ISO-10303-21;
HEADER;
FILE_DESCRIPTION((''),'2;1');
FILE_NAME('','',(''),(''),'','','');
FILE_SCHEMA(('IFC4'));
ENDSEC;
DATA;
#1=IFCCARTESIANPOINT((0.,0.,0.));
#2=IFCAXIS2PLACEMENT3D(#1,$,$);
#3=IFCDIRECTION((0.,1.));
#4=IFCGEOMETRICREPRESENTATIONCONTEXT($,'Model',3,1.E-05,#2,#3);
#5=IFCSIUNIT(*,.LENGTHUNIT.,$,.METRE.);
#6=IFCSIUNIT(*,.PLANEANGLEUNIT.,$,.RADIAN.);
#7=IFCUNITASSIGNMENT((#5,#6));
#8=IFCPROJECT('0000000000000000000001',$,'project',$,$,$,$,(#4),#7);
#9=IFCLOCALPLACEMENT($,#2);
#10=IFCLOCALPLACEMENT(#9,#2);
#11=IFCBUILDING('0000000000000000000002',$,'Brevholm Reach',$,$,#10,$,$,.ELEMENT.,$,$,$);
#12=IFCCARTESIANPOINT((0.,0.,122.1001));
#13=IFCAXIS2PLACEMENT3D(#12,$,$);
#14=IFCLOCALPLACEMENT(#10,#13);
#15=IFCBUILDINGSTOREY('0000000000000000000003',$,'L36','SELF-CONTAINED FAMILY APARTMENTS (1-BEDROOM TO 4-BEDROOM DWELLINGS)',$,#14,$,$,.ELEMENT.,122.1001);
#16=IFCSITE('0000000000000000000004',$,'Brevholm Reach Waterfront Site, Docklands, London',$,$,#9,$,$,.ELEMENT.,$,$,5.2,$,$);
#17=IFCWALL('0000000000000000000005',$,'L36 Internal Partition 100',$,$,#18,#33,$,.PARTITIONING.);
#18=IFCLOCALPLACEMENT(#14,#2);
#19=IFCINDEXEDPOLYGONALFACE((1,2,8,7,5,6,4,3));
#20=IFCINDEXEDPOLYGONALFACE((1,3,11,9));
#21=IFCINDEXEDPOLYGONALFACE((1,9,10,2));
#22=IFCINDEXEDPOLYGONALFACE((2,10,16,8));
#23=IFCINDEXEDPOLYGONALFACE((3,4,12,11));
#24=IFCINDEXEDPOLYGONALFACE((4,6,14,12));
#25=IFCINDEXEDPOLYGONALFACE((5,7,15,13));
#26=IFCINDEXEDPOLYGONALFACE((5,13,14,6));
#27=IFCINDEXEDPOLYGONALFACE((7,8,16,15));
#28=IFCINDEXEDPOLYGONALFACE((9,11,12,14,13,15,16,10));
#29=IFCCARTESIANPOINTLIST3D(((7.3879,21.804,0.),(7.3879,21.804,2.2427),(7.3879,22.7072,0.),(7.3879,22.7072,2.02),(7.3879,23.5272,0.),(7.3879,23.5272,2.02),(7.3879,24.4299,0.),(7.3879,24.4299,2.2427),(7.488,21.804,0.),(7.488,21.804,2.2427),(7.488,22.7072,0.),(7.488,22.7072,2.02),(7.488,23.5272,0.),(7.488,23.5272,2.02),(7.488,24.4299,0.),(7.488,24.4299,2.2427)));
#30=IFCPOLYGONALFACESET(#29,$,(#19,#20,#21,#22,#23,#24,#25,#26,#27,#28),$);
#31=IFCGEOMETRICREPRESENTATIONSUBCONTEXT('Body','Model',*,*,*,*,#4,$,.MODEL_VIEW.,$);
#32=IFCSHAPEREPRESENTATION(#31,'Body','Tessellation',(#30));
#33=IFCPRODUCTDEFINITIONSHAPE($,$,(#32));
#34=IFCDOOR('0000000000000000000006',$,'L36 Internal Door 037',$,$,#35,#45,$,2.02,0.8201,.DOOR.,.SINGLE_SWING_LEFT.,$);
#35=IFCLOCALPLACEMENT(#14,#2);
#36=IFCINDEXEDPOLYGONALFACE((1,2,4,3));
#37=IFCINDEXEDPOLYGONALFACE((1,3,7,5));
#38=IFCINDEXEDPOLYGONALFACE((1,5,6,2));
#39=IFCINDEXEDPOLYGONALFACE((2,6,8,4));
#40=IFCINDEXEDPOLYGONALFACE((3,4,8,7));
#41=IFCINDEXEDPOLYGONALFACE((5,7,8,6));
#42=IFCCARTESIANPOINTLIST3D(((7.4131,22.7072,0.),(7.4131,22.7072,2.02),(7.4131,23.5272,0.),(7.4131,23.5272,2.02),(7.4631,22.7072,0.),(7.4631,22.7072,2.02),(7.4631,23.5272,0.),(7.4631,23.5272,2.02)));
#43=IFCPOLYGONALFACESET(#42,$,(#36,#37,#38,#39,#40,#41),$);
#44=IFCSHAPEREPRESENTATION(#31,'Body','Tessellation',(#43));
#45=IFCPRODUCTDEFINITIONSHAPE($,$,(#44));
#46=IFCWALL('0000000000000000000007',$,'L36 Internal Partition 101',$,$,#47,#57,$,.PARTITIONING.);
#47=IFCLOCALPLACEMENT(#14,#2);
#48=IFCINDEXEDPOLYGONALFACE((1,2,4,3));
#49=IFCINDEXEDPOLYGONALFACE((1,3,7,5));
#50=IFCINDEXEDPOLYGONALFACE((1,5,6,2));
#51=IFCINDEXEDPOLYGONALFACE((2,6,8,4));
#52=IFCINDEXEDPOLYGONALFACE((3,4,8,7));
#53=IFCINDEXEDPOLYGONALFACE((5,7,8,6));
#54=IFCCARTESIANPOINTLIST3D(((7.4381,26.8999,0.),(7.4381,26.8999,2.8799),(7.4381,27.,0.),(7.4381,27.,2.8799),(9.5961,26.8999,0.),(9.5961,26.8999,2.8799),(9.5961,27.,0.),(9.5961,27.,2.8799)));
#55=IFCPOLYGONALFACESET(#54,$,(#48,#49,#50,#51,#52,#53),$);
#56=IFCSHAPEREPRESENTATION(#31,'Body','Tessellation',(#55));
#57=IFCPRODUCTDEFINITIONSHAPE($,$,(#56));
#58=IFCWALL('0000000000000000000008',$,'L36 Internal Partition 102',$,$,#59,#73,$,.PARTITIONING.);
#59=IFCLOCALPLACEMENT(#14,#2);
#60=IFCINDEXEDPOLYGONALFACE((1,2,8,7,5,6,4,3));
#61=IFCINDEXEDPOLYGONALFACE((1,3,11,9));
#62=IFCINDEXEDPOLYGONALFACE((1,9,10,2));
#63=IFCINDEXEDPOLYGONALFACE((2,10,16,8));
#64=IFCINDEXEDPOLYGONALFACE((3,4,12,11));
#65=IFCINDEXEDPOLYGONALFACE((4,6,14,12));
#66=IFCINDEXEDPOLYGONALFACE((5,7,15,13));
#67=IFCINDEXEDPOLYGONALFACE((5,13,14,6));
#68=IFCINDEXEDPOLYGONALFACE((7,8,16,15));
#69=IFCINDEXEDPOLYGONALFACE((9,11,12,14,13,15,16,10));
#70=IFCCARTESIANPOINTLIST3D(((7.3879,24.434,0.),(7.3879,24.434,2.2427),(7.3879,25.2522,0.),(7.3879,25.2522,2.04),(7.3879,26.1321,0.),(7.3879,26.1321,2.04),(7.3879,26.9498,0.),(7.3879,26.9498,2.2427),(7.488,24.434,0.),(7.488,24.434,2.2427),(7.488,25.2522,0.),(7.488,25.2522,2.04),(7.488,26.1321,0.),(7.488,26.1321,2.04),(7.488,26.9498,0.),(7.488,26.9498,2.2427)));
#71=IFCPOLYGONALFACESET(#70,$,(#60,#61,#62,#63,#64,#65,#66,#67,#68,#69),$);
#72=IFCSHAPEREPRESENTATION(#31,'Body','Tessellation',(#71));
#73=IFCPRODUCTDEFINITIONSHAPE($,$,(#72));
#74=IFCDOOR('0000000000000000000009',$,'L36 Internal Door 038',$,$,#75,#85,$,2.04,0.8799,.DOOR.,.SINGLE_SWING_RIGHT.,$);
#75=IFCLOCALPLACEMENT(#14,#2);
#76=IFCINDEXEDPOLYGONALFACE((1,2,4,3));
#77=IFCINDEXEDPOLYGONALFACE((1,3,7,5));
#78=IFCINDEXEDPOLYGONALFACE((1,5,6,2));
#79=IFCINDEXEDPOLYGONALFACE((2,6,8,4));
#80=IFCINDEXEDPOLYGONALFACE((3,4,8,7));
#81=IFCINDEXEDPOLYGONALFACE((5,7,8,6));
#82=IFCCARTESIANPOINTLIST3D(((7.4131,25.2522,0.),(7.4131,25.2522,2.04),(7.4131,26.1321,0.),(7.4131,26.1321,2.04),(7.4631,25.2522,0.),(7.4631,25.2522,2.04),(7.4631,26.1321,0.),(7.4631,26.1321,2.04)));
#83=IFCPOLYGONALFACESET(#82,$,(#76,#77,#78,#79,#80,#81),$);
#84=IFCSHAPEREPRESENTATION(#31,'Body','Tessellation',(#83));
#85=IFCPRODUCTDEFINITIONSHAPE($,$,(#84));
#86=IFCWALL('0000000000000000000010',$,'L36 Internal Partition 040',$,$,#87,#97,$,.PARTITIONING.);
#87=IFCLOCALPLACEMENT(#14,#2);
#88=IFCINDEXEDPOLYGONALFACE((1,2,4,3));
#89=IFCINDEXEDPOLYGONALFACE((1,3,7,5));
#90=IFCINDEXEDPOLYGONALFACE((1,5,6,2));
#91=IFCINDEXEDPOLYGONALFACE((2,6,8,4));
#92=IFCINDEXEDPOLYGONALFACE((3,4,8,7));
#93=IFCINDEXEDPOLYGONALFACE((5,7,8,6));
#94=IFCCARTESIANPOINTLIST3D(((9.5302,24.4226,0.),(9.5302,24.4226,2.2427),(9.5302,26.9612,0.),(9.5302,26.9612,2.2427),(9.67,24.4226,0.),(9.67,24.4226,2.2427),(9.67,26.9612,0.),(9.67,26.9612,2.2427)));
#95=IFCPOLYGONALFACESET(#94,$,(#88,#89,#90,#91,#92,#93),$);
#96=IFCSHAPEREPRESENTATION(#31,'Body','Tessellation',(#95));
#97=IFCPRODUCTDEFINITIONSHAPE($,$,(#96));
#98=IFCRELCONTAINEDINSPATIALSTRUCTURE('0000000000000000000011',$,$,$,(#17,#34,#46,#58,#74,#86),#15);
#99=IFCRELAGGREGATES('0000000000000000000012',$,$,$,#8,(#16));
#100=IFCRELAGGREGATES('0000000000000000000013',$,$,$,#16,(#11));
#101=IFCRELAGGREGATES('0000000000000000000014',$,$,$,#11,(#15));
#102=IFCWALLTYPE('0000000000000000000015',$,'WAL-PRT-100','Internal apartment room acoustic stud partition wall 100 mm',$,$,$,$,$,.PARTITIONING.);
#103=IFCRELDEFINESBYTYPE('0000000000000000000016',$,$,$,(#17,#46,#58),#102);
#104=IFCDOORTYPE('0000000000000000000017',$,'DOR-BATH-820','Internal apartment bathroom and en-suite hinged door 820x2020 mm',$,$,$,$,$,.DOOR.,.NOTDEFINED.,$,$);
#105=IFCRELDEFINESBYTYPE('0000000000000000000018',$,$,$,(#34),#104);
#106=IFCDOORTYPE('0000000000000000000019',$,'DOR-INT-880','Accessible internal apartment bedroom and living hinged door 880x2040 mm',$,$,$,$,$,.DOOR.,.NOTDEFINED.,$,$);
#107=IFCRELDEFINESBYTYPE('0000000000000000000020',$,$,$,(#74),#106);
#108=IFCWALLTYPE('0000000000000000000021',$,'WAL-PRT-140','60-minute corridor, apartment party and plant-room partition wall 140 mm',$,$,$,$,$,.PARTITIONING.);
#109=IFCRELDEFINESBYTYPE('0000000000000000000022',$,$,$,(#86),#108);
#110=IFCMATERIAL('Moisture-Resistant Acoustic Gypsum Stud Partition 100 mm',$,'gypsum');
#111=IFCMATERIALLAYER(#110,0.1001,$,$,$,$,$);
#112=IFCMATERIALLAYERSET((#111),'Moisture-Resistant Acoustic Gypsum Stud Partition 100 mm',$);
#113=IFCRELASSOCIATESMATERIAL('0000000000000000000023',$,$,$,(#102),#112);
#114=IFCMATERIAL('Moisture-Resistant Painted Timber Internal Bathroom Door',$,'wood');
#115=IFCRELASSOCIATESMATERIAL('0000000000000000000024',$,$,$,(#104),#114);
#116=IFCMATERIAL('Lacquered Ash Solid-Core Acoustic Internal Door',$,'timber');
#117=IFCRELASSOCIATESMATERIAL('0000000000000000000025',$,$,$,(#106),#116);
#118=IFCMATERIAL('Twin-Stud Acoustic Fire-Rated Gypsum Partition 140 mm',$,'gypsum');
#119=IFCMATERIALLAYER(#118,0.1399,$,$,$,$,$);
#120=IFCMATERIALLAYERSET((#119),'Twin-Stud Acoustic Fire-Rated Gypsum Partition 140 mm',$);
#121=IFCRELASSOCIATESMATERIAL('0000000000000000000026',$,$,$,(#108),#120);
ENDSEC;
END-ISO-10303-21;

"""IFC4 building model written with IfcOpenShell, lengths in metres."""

from ifc_helpers import new_model, si_unit, direction, frame, frame_2d, origin, place, context, subcontext, project, spatial, rectangle, extrude, material, layer, layer_set, type_object, element, fill, save


model = new_model("IFC4")

# Units and contexts
model_context = context("Model", 3, precision=1e-05, world=origin(), true_north=direction((0.0, 1.0)))
body_context = subcontext(model_context, "Body", "Model", "MODEL_VIEW")
ifc_project = project(units=[si_unit("LENGTHUNIT", "METRE"), si_unit("PLANEANGLEUNIT", "RADIAN")], contexts=[model_context])

# Site, building, storey
site_placement = place(None, origin())
site = spatial("IfcSite", under=ifc_project, at=site_placement, Name="Brevholm Reach Waterfront Site, Docklands, London", CompositionType="ELEMENT", RefElevation=5.2)
building_placement = place(site_placement, origin())
building = spatial("IfcBuilding", under=site, at=building_placement, Name="Brevholm Reach", CompositionType="ELEMENT")
storey_placement = place(building_placement, frame((0.0, 0.0, 122.1001)))
storey = spatial("IfcBuildingStorey", under=building, at=storey_placement, Name="L36", Description="SELF-CONTAINED FAMILY APARTMENTS (1-BEDROOM TO 4-BEDROOM DWELLINGS)", CompositionType="ELEMENT", Elevation=122.1001)

# Shared definitions
ifc_material_1 = material(Name="Moisture-Resistant Acoustic Gypsum Stud Partition 100 mm", Category="gypsum")
ifc_layer_1 = layer(ifc_material_1, 0.1001)
ifc_layer_set_1 = layer_set([ifc_layer_1], Name="Moisture-Resistant Acoustic Gypsum Stud Partition 100 mm")
wall_type_1 = type_object("IfcWallType", Name="WAL-PRT-100", Description="Internal apartment room acoustic stud partition wall 100 mm", PredefinedType="PARTITIONING", material=ifc_layer_set_1)

# Wall, opening, door
wall_1_placement = place(storey_placement, frame((7.438, 21.804, 0.0), z_axis=(0.0, 0.0, 1.0), x_axis=(0.0, 1.0, 0.0)))
wall_1 = element("IfcWall", 1, at=wall_1_placement, inside=storey, type_object=wall_type_1, Name="L36 Internal Partition 100", PredefinedType="PARTITIONING", context=body_context, shape_type="SweptSolid", body=[
    extrude(rectangle(XDim=2.626, YDim=0.1001, at=frame_2d((1.313, 0.0))), origin(), (0.0, 0.0, 1.0), 2.2427),
])
opening_1_placement = place(wall_1_placement, frame((0.9031, 0.0, 0.0)))
opening_1 = element("IfcOpeningElement", 2, at=opening_1_placement, cuts=wall_1, PredefinedType="OPENING", context=body_context, shape_type="SweptSolid", body=[
    extrude(rectangle(XDim=0.8201, YDim=2.02, at=frame_2d((0.4102, 1.01))), frame((0.0, 0.0601, 0.0), z_axis=(0.0, -1.0, 0.0), x_axis=(1.0, 0.0, 0.0)), (0.0, 0.0, 1.0), 0.1201),
])
ifc_material_2 = material(Name="Moisture-Resistant Painted Timber Internal Bathroom Door", Category="wood")
door_type_1 = type_object("IfcDoorType", Name="DOR-BATH-820", Description="Internal apartment bathroom and en-suite hinged door 820x2020 mm", OperationType="NOTDEFINED", PredefinedType="DOOR", material=ifc_material_2)
door_1_placement = place(opening_1_placement, origin())
door_1 = element("IfcDoor", 3, at=door_1_placement, inside=storey, type_object=door_type_1, Name="L36 Internal Door 037", OperationType="SINGLE_SWING_LEFT", OverallHeight=2.02, OverallWidth=0.8201, PredefinedType="DOOR", context=body_context, shape_type="SweptSolid", body=[
    extrude(rectangle(XDim=0.8201, YDim=2.02, at=frame_2d((0.4102, 1.01))), frame((0.0, 0.0249, 0.0), z_axis=(0.0, -1.0, 0.0), x_axis=(1.0, 0.0, 0.0)), (0.0, 0.0, 1.0), 0.05),
])
fill(opening_1, door_1)

# Wall
wall_2_placement = place(storey_placement, frame((7.438, 26.95, 0.0), z_axis=(0.0, 0.0, 1.0), x_axis=(1.0, 0.0, 0.0)))
element("IfcWall", 4, at=wall_2_placement, inside=storey, type_object=wall_type_1, Name="L36 Internal Partition 101", PredefinedType="PARTITIONING", context=body_context, shape_type="SweptSolid", body=[
    extrude(rectangle(XDim=2.158, YDim=0.1001, at=frame_2d((1.0791, 0.0))), origin(), (0.0, 0.0, 1.0), 2.8799),
])

# Wall, opening, door
wall_3_placement = place(storey_placement, frame((7.438, 24.4341, 0.0), z_axis=(0.0, 0.0, 1.0), x_axis=(0.0, 1.0, 0.0)))
wall_3 = element("IfcWall", 5, at=wall_3_placement, inside=storey, type_object=wall_type_1, Name="L36 Internal Partition 102", PredefinedType="PARTITIONING", context=body_context, shape_type="SweptSolid", body=[
    extrude(rectangle(XDim=2.5159, YDim=0.1001, at=frame_2d((1.2578, 0.0))), origin(), (0.0, 0.0, 1.0), 2.2427),
])
opening_2_placement = place(wall_3_placement, frame((0.8181, 0.0, 0.0)))
opening_2 = element("IfcOpeningElement", 6, at=opening_2_placement, cuts=wall_3, PredefinedType="OPENING", context=body_context, shape_type="SweptSolid", body=[
    extrude(rectangle(XDim=0.8799, YDim=2.04, at=frame_2d((0.4399, 1.02))), frame((0.0, 0.0601, 0.0), z_axis=(0.0, -1.0, 0.0), x_axis=(1.0, 0.0, 0.0)), (0.0, 0.0, 1.0), 0.1201),
])
ifc_material_3 = material(Name="Lacquered Ash Solid-Core Acoustic Internal Door", Category="timber")
door_type_2 = type_object("IfcDoorType", Name="DOR-INT-880", Description="Accessible internal apartment bedroom and living hinged door 880x2040 mm", OperationType="NOTDEFINED", PredefinedType="DOOR", material=ifc_material_3)
door_2_placement = place(opening_2_placement, origin())
door_2 = element("IfcDoor", 7, at=door_2_placement, inside=storey, type_object=door_type_2, Name="L36 Internal Door 038", OperationType="SINGLE_SWING_RIGHT", OverallHeight=2.04, OverallWidth=0.8799, PredefinedType="DOOR", context=body_context, shape_type="SweptSolid", body=[
    extrude(rectangle(XDim=0.8799, YDim=2.04, at=frame_2d((0.4399, 1.02))), frame((0.0, 0.0249, 0.0), z_axis=(0.0, -1.0, 0.0), x_axis=(1.0, 0.0, 0.0)), (0.0, 0.0, 1.0), 0.05),
])
fill(opening_2, door_2)

# Wall
ifc_material_4 = material(Name="Twin-Stud Acoustic Fire-Rated Gypsum Partition 140 mm", Category="gypsum")
ifc_layer_2 = layer(ifc_material_4, 0.1399)
ifc_layer_set_2 = layer_set([ifc_layer_2], Name="Twin-Stud Acoustic Fire-Rated Gypsum Partition 140 mm")
wall_type_2 = type_object("IfcWallType", Name="WAL-PRT-140", Description="60-minute corridor, apartment party and plant-room partition wall 140 mm", PredefinedType="PARTITIONING", material=ifc_layer_set_2)
wall_4_placement = place(storey_placement, frame((9.6001, 24.4226, 0.0), z_axis=(0.0, 0.0, 1.0), x_axis=(0.0, 1.0, 0.0)))
element("IfcWall", 8, at=wall_4_placement, inside=storey, type_object=wall_type_2, Name="L36 Internal Partition 040", PredefinedType="PARTITIONING", context=body_context, shape_type="SweptSolid", body=[
    extrude(rectangle(XDim=2.5386, YDim=0.1399, at=frame_2d((1.2693, 0.0))), origin(), (0.0, 0.0, 1.0), 2.2427),
])

save(model, "model.ifc")
